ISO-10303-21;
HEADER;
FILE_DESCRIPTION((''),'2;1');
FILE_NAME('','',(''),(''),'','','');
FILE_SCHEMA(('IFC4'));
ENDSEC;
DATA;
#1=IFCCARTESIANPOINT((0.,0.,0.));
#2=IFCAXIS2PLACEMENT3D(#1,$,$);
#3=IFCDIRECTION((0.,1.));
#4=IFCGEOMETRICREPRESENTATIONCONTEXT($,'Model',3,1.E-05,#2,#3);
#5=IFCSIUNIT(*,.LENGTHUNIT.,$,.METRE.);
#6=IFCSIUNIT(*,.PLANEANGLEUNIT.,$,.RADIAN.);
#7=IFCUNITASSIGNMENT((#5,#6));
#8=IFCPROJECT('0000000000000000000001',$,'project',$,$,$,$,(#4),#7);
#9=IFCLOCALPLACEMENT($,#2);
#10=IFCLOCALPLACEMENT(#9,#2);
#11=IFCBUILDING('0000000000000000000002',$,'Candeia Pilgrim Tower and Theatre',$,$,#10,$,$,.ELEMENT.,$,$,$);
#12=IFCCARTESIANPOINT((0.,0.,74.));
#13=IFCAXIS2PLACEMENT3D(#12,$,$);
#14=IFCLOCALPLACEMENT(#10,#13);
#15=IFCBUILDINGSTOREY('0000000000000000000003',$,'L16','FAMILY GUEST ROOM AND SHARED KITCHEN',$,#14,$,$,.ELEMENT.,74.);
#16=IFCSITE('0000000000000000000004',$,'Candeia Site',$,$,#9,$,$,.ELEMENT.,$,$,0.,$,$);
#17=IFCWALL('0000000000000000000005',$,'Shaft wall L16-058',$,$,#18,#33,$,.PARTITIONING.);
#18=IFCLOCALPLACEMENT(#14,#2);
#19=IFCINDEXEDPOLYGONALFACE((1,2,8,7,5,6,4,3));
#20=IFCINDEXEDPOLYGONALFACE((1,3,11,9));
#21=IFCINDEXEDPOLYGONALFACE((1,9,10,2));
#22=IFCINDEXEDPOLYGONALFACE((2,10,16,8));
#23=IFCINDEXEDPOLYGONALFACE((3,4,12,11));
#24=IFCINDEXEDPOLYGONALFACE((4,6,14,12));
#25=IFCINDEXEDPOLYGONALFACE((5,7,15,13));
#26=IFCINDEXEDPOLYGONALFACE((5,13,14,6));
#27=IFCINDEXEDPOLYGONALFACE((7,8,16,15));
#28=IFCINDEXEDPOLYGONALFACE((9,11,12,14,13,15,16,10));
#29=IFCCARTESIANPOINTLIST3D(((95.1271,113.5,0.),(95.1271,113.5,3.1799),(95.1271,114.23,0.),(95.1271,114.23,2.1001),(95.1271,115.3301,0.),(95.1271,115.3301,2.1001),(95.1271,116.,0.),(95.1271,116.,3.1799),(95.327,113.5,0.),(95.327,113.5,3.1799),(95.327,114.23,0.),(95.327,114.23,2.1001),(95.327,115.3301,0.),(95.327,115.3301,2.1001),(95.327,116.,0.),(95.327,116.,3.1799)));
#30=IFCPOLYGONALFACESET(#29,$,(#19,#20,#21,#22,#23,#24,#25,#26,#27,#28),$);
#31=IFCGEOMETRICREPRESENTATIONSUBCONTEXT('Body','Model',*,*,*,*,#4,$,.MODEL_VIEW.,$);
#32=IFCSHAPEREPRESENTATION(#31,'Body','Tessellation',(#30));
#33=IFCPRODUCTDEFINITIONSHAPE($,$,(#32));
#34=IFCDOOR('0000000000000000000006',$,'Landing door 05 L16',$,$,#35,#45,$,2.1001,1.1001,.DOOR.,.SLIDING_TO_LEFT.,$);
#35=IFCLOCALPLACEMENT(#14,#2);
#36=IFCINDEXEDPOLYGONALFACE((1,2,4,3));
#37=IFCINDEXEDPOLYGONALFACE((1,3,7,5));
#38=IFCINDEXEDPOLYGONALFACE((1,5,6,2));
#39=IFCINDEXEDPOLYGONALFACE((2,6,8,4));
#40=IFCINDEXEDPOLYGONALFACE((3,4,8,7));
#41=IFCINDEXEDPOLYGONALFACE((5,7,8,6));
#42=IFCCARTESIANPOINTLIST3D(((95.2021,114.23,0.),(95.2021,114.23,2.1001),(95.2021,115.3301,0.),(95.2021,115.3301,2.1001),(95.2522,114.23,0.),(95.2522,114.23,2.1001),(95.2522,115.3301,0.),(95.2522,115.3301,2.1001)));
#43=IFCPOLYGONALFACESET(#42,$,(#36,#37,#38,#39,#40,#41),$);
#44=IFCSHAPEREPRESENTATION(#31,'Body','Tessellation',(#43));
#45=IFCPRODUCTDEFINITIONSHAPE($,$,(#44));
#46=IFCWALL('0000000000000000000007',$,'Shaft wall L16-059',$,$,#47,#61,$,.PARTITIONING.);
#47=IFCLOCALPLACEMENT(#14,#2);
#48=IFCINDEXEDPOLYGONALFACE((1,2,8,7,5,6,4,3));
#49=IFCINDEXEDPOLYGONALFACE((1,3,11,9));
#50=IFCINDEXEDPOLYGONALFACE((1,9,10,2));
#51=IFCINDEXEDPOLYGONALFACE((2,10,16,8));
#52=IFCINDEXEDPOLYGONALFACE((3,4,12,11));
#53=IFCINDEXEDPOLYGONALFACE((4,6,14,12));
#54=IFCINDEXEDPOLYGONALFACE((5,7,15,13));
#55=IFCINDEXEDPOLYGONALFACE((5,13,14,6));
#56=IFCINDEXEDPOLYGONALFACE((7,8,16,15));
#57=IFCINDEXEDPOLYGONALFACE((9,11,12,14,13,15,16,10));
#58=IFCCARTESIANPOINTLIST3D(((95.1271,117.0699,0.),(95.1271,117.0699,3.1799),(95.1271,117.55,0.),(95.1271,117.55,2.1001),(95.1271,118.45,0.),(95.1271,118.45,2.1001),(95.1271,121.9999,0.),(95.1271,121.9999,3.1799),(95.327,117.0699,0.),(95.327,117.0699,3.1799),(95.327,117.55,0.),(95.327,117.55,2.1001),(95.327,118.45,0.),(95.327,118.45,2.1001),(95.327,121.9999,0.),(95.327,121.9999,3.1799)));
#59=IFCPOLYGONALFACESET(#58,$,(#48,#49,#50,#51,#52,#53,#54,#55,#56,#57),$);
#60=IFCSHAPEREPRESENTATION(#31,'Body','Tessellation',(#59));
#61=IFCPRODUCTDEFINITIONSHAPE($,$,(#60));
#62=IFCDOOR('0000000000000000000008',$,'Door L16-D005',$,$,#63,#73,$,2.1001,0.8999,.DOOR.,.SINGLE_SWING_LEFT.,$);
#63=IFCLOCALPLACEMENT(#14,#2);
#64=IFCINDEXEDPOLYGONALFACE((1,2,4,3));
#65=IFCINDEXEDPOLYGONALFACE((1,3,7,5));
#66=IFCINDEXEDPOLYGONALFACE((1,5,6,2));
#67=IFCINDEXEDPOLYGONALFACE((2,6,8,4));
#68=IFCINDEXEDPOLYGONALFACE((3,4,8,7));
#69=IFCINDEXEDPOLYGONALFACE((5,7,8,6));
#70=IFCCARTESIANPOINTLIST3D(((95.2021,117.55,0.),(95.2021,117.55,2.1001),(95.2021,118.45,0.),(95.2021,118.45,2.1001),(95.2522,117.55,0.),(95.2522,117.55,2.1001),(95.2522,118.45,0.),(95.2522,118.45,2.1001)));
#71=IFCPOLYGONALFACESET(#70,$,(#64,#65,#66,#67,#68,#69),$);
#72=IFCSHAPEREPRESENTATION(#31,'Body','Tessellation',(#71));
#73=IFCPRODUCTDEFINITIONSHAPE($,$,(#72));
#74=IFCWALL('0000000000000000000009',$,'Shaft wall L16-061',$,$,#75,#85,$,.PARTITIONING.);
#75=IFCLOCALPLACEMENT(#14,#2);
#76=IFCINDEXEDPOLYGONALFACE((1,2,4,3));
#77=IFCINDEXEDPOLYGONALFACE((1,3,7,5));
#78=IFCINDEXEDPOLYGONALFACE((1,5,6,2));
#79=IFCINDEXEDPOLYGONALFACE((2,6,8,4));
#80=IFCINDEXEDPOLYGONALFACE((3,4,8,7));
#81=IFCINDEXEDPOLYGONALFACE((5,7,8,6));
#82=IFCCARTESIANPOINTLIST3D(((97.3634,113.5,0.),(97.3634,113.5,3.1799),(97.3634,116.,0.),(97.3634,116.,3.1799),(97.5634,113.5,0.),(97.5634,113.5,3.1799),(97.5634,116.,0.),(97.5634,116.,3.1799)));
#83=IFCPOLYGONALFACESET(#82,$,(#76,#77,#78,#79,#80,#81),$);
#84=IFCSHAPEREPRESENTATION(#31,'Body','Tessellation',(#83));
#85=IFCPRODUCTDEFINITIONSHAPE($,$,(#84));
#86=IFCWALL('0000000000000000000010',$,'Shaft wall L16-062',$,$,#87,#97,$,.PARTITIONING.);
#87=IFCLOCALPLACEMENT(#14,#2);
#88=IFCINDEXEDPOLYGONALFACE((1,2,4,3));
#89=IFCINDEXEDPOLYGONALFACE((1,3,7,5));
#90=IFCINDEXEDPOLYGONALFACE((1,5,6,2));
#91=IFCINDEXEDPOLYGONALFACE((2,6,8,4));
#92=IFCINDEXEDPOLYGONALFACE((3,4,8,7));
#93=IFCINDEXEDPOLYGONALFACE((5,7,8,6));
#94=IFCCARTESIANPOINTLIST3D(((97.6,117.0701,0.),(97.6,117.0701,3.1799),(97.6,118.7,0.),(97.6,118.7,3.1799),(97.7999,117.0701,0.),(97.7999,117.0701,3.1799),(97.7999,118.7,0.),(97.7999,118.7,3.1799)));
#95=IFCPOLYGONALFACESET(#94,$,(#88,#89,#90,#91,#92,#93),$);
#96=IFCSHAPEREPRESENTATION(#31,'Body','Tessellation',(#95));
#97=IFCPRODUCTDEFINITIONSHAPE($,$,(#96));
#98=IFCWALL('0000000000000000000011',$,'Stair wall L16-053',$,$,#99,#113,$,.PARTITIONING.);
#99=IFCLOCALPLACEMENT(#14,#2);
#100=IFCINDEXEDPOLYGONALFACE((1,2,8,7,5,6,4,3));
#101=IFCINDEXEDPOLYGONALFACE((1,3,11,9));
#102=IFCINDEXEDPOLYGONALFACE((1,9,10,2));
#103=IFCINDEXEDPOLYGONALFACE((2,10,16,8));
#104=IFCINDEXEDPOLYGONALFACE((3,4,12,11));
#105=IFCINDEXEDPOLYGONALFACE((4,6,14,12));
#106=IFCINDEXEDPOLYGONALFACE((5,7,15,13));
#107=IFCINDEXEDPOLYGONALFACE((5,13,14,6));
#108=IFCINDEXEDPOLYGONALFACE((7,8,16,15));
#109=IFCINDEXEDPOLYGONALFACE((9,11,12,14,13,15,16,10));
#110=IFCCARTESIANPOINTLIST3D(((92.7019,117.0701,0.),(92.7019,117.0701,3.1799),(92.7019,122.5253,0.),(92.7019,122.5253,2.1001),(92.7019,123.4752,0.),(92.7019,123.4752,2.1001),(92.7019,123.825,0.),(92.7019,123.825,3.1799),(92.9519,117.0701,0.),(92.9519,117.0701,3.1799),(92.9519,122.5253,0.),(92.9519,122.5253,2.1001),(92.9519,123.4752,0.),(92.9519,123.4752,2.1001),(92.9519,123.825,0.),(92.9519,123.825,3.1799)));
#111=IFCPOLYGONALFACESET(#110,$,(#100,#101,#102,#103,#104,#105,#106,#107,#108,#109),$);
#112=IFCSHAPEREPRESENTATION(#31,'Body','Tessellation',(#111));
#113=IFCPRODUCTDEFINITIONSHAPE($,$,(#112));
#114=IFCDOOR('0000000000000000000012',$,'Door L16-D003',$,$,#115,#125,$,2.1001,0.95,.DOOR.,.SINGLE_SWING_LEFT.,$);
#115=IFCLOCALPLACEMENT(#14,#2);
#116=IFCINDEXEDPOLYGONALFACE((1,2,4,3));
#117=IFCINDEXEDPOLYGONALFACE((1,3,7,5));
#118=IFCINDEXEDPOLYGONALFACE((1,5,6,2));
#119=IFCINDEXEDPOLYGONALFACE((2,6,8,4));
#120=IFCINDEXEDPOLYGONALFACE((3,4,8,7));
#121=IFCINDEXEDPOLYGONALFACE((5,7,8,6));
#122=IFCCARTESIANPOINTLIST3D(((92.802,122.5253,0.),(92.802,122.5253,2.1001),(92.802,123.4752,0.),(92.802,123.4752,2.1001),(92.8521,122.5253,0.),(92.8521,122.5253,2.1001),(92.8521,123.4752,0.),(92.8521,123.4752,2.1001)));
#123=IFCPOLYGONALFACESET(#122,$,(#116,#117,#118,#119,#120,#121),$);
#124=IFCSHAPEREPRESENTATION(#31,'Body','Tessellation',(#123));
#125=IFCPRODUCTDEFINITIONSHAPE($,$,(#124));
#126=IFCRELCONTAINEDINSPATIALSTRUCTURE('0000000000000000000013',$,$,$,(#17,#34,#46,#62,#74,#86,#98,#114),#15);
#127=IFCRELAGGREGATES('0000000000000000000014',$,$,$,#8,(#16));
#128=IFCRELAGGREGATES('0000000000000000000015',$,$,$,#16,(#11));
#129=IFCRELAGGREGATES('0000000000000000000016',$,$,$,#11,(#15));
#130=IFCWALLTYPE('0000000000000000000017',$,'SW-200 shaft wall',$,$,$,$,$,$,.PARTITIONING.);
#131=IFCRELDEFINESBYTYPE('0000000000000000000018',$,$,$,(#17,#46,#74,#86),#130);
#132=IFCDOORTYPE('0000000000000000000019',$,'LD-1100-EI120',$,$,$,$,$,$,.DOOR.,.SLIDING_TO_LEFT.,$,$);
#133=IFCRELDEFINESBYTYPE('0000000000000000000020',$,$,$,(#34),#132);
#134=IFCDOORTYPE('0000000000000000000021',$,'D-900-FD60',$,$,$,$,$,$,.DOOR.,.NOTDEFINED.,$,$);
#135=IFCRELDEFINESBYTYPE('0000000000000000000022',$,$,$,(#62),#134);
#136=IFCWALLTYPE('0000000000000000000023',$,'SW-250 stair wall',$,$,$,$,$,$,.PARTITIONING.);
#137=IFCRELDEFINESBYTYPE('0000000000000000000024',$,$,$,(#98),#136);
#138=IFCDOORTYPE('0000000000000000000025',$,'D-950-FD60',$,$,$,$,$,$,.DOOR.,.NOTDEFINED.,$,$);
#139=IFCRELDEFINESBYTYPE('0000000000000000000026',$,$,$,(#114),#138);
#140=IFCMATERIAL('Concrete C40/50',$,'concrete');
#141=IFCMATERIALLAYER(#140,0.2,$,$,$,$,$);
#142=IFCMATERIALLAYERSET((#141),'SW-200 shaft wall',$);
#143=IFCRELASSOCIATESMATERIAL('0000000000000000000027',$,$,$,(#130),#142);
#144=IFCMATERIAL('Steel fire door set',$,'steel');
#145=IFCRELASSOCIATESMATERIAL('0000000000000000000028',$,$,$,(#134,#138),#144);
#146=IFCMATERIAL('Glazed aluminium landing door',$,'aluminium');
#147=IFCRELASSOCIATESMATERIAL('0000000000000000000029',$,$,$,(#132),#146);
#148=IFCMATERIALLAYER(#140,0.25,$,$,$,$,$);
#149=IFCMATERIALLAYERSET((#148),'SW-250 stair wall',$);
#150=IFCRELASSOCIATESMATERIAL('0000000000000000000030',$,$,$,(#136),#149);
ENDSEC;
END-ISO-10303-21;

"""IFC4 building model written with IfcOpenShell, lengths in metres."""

from ifc_helpers import new_model, si_unit, direction, frame, frame_2d, origin, place, context, subcontext, project, spatial, rectangle, extrude, material, layer, layer_set, type_object, element, fill, save


model = new_model("IFC4")

# Units and contexts
model_context = context("Model", 3, precision=1e-05, world=origin(), true_north=direction((0.0, 1.0)))
body_context = subcontext(model_context, "Body", "Model", "MODEL_VIEW")
ifc_project = project(units=[si_unit("LENGTHUNIT", "METRE"), si_unit("PLANEANGLEUNIT", "RADIAN")], contexts=[model_context])

# Site, building, storey
site_placement = place(None, origin())
site = spatial("IfcSite", under=ifc_project, at=site_placement, Name="Candeia Site", CompositionType="ELEMENT", RefElevation=0.0)
building_placement = place(site_placement, origin())
building = spatial("IfcBuilding", under=site, at=building_placement, Name="Candeia Pilgrim Tower and Theatre", CompositionType="ELEMENT")
storey_placement = place(building_placement, frame((0.0, 0.0, 74.0)))
storey = spatial("IfcBuildingStorey", under=building, at=storey_placement, Name="L16", Description="FAMILY GUEST ROOM AND SHARED KITCHEN", CompositionType="ELEMENT", Elevation=74.0)

# Shared definitions
ifc_material_1 = material(Name="Steel fire door set", Category="steel")

# Shared definitions
ifc_material_2 = material(Name="Concrete C40/50", Category="concrete")
ifc_layer_1 = layer(ifc_material_2, 0.2)
ifc_layer_set_1 = layer_set([ifc_layer_1], Name="SW-200 shaft wall")
wall_type_1 = type_object("IfcWallType", Name="SW-200 shaft wall", PredefinedType="PARTITIONING", material=ifc_layer_set_1)
door_type_1 = type_object("IfcDoorType", Name="D-900-FD60", OperationType="NOTDEFINED", PredefinedType="DOOR", material=ifc_material_1)

# Walls, openings, doors
wall_1_placement = place(storey_placement, frame((95.2271, 113.5, 0.0), z_axis=(0.0, 0.0, 1.0), x_axis=(0.0, 1.0, 0.0)))
wall_1 = element("IfcWall", 1, at=wall_1_placement, inside=storey, type_object=wall_type_1, Name="Shaft wall L16-058", PredefinedType="PARTITIONING", context=body_context, shape_type="SweptSolid", body=[
    extrude(rectangle(XDim=2.5, YDim=0.2, at=frame_2d((1.25, 0.0))), origin(), (0.0, 0.0, 1.0), 3.1799),
])
opening_1_placement = place(wall_1_placement, frame((0.73, 0.0, 0.0)))
opening_1 = element("IfcOpeningElement", 2, at=opening_1_placement, cuts=wall_1, PredefinedType="OPENING", context=body_context, shape_type="SweptSolid", body=[
    extrude(rectangle(XDim=1.1001, YDim=2.1001, at=frame_2d((0.55, 1.05))), frame((0.0, 0.1099, 0.0), z_axis=(0.0, -1.0, 0.0), x_axis=(1.0, 0.0, 0.0)), (0.0, 0.0, 1.0), 0.22),
])
ifc_material_3 = material(Name="Glazed aluminium landing door", Category="aluminium")
door_type_2 = type_object("IfcDoorType", Name="LD-1100-EI120", OperationType="SLIDING_TO_LEFT", PredefinedType="DOOR", material=ifc_material_3)
door_1_placement = place(opening_1_placement, origin())
door_1 = element("IfcDoor", 3, at=door_1_placement, inside=storey, type_object=door_type_2, Name="Landing door 05 L16", OperationType="SLIDING_TO_LEFT", OverallHeight=2.1001, OverallWidth=1.1001, PredefinedType="DOOR", context=body_context, shape_type="SweptSolid", body=[
    extrude(rectangle(XDim=1.1001, YDim=2.1001, at=frame_2d((0.55, 1.05))), frame((0.0, 0.0249, 0.0), z_axis=(0.0, -1.0, 0.0), x_axis=(1.0, 0.0, 0.0)), (0.0, 0.0, 1.0), 0.05),
])
fill(opening_1, door_1)
wall_2_placement = place(storey_placement, frame((95.2271, 117.0701, 0.0), z_axis=(0.0, 0.0, 1.0), x_axis=(0.0, 1.0, 0.0)))
wall_2 = element("IfcWall", 4, at=wall_2_placement, inside=storey, type_object=wall_type_1, Name="Shaft wall L16-059", PredefinedType="PARTITIONING", context=body_context, shape_type="SweptSolid", body=[
    extrude(rectangle(XDim=4.9299, YDim=0.2, at=frame_2d((2.4648, 0.0))), origin(), (0.0, 0.0, 1.0), 3.1799),
])
opening_2_placement = place(wall_2_placement, frame((0.48, 0.0, 0.0)))
opening_2 = element("IfcOpeningElement", 5, at=opening_2_placement, cuts=wall_2, PredefinedType="OPENING", context=body_context, shape_type="SweptSolid", body=[
    extrude(rectangle(XDim=0.8999, YDim=2.1001, at=frame_2d((0.45, 1.05))), frame((0.0, 0.1099, 0.0), z_axis=(0.0, -1.0, 0.0), x_axis=(1.0, 0.0, 0.0)), (0.0, 0.0, 1.0), 0.22),
])
door_2_placement = place(opening_2_placement, origin())
door_2 = element("IfcDoor", 6, at=door_2_placement, inside=storey, type_object=door_type_1, Name="Door L16-D005", OperationType="SINGLE_SWING_LEFT", OverallHeight=2.1001, OverallWidth=0.8999, PredefinedType="DOOR", context=body_context, shape_type="SweptSolid", body=[
    extrude(rectangle(XDim=0.8999, YDim=2.1001, at=frame_2d((0.45, 1.05))), frame((0.0, 0.0249, 0.0), z_axis=(0.0, -1.0, 0.0), x_axis=(1.0, 0.0, 0.0)), (0.0, 0.0, 1.0), 0.05),
])
fill(opening_2, door_2)

# Walls
wall_3_placement = place(storey_placement, frame((97.4634, 113.5, 0.0), z_axis=(0.0, 0.0, 1.0), x_axis=(0.0, 1.0, 0.0)))
element("IfcWall", 7, at=wall_3_placement, inside=storey, type_object=wall_type_1, Name="Shaft wall L16-061", PredefinedType="PARTITIONING", context=body_context, shape_type="SweptSolid", body=[
    extrude(rectangle(XDim=2.5, YDim=0.2, at=frame_2d((1.25, 0.0))), origin(), (0.0, 0.0, 1.0), 3.1799),
])
wall_4_placement = place(storey_placement, frame((97.7, 117.0701, 0.0), z_axis=(0.0, 0.0, 1.0), x_axis=(0.0, 1.0, 0.0)))
element("IfcWall", 8, at=wall_4_placement, inside=storey, type_object=wall_type_1, Name="Shaft wall L16-062", PredefinedType="PARTITIONING", context=body_context, shape_type="SweptSolid", body=[
    extrude(rectangle(XDim=1.6299, YDim=0.2, at=frame_2d((0.8149, 0.0))), origin(), (0.0, 0.0, 1.0), 3.1799),
])

# Wall, opening, door
ifc_layer_2 = layer(ifc_material_2, 0.25)
ifc_layer_set_2 = layer_set([ifc_layer_2], Name="SW-250 stair wall")
wall_type_2 = type_object("IfcWallType", Name="SW-250 stair wall", PredefinedType="PARTITIONING", material=ifc_layer_set_2)
wall_5_placement = place(storey_placement, frame((92.8269, 117.0701, 0.0), z_axis=(0.0, 0.0, 1.0), x_axis=(0.0, 1.0, 0.0)))
wall_5 = element("IfcWall", 9, at=wall_5_placement, inside=storey, type_object=wall_type_2, Name="Stair wall L16-053", PredefinedType="PARTITIONING", context=body_context, shape_type="SweptSolid", body=[
    extrude(rectangle(XDim=6.7549, YDim=0.25, at=frame_2d((3.3774, 0.0))), origin(), (0.0, 0.0, 1.0), 3.1799),
])
opening_3_placement = place(wall_5_placement, frame((5.4551, 0.0, 0.0)))
opening_3 = element("IfcOpeningElement", 10, at=opening_3_placement, cuts=wall_5, PredefinedType="OPENING", context=body_context, shape_type="SweptSolid", body=[
    extrude(rectangle(XDim=0.95, YDim=2.1001, at=frame_2d((0.4751, 1.05))), frame((0.0, 0.135, 0.0), z_axis=(0.0, -1.0, 0.0), x_axis=(1.0, 0.0, 0.0)), (0.0, 0.0, 1.0), 0.27),
])
door_type_3 = type_object("IfcDoorType", Name="D-950-FD60", OperationType="NOTDEFINED", PredefinedType="DOOR", material=ifc_material_1)
door_3_placement = place(opening_3_placement, origin())
door_3 = element("IfcDoor", 11, at=door_3_placement, inside=storey, type_object=door_type_3, Name="Door L16-D003", OperationType="SINGLE_SWING_LEFT", OverallHeight=2.1001, OverallWidth=0.95, PredefinedType="DOOR", context=body_context, shape_type="SweptSolid", body=[
    extrude(rectangle(XDim=0.95, YDim=2.1001, at=frame_2d((0.4751, 1.05))), frame((0.0, 0.0249, 0.0), z_axis=(0.0, -1.0, 0.0), x_axis=(1.0, 0.0, 0.0)), (0.0, 0.0, 1.0), 0.05),
])
fill(opening_3, door_3)

save(model, "model.ifc")
